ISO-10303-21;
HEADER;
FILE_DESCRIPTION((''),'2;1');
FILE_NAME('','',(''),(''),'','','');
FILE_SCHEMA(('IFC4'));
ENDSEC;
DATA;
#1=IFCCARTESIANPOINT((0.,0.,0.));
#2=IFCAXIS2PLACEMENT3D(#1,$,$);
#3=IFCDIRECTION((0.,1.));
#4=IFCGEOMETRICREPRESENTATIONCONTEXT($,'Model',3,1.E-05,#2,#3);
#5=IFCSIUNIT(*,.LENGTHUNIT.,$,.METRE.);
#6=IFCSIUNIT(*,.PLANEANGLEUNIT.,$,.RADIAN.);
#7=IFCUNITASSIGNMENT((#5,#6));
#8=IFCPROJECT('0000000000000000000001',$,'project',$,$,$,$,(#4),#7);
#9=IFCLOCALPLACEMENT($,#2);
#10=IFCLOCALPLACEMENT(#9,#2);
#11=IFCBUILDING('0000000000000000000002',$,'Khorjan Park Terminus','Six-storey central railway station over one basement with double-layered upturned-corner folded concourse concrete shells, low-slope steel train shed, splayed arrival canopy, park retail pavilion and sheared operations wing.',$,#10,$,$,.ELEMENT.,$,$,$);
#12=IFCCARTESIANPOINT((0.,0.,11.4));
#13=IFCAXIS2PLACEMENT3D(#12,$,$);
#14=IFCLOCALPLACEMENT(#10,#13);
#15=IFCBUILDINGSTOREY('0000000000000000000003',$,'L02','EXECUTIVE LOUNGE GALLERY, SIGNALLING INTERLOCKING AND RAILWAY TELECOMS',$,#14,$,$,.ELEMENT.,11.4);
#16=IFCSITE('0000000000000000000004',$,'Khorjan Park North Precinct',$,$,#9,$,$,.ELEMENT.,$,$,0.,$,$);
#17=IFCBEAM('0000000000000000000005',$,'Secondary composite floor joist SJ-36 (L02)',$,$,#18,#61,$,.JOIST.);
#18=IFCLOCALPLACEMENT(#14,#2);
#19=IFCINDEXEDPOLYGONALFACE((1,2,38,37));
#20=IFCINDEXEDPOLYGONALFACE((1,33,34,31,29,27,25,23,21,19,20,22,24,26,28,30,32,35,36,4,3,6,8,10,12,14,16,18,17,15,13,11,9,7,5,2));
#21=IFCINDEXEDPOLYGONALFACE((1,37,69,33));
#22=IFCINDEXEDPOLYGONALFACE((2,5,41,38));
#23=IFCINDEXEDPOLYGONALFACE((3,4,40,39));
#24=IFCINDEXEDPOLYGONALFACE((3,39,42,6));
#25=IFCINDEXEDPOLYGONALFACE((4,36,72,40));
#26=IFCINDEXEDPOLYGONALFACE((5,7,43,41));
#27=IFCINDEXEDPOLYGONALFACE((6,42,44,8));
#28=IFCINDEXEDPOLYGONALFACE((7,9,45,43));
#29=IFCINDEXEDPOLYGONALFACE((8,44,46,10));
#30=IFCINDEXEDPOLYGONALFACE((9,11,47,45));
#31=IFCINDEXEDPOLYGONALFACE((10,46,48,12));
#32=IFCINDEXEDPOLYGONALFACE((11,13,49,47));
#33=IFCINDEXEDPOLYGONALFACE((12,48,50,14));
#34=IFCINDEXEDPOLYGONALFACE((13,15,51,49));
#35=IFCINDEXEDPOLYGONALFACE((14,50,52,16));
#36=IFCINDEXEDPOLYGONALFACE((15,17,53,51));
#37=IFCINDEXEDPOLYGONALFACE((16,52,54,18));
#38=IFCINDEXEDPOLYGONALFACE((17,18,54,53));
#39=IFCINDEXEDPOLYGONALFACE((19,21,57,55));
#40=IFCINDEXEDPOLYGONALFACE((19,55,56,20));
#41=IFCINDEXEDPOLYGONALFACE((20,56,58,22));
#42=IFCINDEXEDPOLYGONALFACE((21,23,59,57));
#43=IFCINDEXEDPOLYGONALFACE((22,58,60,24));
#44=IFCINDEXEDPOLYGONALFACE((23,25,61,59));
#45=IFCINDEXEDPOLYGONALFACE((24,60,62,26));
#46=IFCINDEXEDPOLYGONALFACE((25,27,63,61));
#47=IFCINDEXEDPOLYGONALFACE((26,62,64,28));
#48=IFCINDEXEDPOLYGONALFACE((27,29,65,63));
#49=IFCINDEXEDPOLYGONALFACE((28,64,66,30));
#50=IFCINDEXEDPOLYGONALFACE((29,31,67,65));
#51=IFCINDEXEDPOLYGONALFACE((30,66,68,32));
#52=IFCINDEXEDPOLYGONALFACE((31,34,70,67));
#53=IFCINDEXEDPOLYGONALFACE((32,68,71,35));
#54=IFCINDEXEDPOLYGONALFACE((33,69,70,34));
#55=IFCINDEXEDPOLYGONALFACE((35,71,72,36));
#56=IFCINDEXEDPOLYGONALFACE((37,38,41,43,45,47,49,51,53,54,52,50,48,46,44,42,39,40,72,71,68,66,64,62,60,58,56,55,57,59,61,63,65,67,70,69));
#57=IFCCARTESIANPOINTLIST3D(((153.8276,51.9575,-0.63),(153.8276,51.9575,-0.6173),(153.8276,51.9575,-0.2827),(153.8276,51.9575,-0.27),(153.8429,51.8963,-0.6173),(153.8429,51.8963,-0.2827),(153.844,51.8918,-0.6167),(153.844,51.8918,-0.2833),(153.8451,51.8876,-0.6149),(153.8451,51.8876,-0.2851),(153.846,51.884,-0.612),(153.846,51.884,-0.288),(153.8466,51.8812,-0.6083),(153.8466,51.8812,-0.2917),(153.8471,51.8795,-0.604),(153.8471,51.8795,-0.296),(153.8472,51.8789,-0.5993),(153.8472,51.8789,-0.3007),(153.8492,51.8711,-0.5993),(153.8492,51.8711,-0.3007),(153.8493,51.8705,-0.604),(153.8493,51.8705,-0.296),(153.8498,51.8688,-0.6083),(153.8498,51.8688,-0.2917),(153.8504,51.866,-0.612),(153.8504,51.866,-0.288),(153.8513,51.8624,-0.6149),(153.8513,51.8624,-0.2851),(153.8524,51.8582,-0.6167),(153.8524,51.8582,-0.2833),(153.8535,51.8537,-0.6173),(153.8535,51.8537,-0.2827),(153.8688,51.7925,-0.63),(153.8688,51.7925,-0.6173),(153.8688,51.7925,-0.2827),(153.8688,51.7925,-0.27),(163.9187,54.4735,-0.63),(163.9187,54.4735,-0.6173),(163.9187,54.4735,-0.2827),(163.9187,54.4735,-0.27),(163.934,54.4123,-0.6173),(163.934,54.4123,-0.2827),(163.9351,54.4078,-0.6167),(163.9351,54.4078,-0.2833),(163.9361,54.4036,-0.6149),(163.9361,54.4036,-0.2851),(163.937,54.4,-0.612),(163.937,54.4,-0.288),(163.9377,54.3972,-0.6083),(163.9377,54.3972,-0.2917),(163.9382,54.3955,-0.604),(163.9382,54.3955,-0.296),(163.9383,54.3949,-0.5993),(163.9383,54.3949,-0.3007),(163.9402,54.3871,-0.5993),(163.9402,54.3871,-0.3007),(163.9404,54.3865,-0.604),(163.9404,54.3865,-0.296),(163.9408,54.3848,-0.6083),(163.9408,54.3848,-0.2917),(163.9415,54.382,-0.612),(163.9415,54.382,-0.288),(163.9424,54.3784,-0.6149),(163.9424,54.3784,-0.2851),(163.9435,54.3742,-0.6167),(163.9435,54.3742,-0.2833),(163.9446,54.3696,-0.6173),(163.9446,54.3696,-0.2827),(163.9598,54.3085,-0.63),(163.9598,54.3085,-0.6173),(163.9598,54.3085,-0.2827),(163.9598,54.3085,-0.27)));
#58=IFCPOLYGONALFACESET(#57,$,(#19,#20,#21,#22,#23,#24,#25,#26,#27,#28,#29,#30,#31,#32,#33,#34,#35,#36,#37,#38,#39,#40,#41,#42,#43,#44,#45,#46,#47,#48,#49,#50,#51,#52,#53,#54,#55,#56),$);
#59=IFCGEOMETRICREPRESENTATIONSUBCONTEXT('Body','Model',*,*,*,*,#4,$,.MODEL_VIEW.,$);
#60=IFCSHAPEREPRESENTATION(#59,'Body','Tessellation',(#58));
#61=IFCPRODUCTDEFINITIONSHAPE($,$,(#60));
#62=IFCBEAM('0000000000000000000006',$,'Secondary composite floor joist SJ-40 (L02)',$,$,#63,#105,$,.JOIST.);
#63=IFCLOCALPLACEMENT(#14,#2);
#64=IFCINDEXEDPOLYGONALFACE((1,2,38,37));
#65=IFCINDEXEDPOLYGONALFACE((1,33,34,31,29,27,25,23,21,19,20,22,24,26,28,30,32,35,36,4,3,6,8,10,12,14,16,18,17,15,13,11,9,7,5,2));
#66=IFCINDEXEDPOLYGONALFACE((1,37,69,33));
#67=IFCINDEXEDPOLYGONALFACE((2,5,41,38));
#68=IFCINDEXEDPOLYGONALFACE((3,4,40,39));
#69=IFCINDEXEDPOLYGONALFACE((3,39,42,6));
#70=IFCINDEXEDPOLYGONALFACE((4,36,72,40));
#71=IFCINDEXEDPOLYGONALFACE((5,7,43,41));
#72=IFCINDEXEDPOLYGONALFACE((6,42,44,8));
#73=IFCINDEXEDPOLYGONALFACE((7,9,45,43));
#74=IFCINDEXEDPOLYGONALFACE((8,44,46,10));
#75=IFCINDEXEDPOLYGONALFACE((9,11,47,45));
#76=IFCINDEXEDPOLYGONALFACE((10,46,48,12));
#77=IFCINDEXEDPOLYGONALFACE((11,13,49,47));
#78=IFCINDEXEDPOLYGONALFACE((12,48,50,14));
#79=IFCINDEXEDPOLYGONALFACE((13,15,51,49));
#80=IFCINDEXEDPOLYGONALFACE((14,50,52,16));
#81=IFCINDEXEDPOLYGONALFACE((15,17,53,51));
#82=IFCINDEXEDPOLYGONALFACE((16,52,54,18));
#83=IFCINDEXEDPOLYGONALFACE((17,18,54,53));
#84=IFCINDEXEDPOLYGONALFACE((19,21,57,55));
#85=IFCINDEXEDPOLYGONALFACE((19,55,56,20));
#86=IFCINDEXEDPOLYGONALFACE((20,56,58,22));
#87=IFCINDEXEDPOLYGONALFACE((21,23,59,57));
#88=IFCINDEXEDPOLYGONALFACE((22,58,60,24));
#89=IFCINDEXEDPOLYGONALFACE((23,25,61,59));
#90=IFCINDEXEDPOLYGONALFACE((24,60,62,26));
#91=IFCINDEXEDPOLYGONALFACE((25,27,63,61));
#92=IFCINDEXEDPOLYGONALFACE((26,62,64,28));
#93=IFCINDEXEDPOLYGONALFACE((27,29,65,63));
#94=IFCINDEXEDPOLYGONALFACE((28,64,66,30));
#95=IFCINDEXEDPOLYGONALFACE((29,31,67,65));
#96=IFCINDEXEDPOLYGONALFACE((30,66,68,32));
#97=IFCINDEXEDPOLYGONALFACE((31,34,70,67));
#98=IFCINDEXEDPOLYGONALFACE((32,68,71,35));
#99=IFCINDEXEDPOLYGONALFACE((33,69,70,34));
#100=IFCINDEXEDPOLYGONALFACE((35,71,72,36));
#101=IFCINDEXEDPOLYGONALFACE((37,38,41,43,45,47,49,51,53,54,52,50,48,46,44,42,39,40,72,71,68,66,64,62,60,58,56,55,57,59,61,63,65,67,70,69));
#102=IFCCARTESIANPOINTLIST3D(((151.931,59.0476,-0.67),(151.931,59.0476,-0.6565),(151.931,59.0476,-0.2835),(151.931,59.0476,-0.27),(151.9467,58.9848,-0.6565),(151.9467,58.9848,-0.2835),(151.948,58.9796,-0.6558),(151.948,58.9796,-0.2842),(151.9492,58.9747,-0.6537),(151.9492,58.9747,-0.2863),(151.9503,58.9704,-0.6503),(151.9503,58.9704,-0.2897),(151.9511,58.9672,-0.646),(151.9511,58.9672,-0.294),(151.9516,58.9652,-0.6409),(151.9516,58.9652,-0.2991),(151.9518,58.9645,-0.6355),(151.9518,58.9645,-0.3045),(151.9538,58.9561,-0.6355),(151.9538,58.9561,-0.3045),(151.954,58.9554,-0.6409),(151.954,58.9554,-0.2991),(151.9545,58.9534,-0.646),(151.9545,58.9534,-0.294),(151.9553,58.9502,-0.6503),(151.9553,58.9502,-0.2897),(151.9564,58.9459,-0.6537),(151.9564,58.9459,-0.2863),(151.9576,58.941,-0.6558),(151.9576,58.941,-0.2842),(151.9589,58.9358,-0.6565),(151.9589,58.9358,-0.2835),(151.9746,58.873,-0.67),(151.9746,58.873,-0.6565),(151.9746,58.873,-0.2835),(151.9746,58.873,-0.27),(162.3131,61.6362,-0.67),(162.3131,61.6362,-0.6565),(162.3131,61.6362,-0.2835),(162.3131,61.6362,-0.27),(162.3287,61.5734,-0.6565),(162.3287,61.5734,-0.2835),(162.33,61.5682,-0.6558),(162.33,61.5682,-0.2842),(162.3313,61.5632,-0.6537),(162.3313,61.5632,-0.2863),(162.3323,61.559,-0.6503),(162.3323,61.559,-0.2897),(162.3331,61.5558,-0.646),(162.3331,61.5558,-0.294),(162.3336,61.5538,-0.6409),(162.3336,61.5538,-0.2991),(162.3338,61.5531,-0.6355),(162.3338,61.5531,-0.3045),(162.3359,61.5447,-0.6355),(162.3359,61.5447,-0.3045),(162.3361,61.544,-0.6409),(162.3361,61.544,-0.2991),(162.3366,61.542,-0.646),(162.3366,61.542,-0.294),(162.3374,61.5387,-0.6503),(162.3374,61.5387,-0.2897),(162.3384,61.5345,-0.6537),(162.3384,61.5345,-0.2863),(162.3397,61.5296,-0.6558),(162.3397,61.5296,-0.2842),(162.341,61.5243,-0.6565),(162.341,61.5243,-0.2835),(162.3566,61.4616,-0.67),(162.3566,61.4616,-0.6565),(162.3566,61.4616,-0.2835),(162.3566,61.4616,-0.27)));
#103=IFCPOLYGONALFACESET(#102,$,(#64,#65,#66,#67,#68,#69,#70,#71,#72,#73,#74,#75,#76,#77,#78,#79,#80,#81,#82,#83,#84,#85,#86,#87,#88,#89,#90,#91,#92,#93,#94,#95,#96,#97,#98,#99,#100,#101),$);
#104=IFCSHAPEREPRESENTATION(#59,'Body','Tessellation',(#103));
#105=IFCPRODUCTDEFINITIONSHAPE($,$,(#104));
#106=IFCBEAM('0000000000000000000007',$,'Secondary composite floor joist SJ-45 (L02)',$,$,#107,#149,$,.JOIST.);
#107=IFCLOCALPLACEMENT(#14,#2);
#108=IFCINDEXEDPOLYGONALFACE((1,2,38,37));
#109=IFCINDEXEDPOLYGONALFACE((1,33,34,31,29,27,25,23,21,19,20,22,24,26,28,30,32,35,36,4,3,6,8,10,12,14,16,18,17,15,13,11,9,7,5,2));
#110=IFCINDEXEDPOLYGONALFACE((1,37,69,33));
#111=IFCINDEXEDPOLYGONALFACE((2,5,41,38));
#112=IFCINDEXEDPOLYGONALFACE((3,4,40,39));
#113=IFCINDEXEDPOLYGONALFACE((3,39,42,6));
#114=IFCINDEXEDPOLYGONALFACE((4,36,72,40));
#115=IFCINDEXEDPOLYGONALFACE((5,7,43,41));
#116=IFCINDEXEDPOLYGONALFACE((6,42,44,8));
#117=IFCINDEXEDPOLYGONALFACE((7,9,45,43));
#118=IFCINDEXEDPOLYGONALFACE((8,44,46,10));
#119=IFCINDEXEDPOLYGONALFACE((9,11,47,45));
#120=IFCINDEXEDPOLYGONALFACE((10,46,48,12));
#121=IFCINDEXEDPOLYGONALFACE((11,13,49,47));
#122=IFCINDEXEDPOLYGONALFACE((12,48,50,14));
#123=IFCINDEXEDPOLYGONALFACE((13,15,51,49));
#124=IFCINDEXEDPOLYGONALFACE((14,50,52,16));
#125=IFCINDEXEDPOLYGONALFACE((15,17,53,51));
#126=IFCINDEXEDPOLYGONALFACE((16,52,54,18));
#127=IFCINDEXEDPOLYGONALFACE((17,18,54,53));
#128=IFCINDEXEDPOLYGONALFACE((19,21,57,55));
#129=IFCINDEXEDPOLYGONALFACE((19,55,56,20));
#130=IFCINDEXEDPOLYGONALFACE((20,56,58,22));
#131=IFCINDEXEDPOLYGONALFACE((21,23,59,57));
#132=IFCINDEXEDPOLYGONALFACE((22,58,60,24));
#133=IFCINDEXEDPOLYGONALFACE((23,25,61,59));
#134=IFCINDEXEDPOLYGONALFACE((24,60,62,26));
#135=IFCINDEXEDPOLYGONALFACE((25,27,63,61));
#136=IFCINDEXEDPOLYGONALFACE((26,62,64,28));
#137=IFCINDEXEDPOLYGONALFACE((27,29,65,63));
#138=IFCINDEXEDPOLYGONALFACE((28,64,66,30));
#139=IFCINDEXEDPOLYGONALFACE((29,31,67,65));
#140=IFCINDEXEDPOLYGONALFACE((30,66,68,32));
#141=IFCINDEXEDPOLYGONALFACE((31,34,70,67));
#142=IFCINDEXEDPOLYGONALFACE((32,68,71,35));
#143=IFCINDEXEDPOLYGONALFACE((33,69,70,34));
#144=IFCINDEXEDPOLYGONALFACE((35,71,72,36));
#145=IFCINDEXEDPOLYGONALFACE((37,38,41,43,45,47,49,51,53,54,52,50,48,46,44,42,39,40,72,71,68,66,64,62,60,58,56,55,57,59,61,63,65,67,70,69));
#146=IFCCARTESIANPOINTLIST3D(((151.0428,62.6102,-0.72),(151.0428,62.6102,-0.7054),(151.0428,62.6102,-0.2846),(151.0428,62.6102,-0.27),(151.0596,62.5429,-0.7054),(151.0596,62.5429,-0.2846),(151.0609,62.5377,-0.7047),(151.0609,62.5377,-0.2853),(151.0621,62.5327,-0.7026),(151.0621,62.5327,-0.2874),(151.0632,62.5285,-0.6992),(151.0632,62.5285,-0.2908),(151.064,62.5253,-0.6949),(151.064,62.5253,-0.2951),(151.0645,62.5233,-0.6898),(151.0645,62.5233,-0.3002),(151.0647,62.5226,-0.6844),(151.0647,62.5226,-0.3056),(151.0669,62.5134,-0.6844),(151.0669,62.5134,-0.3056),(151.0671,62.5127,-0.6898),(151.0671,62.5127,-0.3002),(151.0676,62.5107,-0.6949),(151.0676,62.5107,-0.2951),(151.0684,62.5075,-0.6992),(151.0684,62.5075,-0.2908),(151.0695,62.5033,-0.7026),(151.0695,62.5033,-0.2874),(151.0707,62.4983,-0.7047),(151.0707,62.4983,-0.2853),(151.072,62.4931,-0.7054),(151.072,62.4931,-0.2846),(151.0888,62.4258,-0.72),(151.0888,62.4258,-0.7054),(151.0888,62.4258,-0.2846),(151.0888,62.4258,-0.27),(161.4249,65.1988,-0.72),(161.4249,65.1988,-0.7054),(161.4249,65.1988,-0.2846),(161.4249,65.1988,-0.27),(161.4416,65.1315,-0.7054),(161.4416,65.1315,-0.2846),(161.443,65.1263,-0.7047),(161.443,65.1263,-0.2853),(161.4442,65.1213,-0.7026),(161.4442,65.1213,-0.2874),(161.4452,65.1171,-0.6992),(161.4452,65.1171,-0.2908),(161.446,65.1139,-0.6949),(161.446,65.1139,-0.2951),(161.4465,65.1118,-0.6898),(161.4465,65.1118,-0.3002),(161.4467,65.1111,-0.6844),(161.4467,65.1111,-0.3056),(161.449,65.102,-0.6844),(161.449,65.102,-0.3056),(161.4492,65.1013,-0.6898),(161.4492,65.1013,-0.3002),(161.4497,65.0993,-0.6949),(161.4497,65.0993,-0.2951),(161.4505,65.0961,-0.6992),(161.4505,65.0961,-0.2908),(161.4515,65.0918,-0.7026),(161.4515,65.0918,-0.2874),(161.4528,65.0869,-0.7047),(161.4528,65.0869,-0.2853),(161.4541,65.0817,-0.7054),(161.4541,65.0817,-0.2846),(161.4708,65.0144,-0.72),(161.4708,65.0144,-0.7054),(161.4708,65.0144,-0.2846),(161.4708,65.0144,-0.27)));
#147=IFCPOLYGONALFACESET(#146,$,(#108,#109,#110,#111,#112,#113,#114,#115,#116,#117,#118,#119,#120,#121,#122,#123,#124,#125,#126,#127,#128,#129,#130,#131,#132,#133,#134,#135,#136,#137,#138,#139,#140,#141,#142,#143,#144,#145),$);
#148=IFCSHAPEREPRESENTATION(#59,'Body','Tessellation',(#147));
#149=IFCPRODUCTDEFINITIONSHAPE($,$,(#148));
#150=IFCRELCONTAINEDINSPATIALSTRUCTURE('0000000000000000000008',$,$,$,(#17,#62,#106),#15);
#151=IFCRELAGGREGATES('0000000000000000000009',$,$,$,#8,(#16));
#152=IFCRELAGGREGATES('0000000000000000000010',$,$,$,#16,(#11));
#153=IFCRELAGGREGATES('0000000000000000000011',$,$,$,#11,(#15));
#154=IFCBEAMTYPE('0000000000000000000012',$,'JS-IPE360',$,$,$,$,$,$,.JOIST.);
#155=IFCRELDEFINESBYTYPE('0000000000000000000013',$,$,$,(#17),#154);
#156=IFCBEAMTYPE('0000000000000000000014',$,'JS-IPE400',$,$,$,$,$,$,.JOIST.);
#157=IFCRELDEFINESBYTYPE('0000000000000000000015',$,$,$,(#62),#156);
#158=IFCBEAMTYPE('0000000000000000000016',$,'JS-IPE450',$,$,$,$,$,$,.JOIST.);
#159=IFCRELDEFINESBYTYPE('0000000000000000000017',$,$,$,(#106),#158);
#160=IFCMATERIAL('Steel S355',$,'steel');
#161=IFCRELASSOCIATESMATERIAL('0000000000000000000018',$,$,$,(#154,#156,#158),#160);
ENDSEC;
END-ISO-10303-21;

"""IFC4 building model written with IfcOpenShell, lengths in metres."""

from ifc_helpers import new_model, si_unit, direction, frame, origin, origin_2d, place, context, subcontext, project, spatial, i_section, extrude, material, material_profile, profile_set, type_object, element, save


model = new_model("IFC4")

# Units and contexts
model_context = context("Model", 3, precision=1e-05, world=origin(), true_north=direction((0.0, 1.0)))
body_context = subcontext(model_context, "Body", "Model", "MODEL_VIEW")
ifc_project = project(units=[si_unit("LENGTHUNIT", "METRE"), si_unit("PLANEANGLEUNIT", "RADIAN")], contexts=[model_context])

# Site, building, storey
site_placement = place(None, origin())
site = spatial("IfcSite", under=ifc_project, at=site_placement, Name="Khorjan Park North Precinct", CompositionType="ELEMENT", RefElevation=0.0)
building_placement = place(site_placement, origin())
building = spatial("IfcBuilding", under=site, at=building_placement, Name="Khorjan Park Terminus", Description="Six-storey central railway station over one basement with double-layered upturned-corner folded concourse concrete shells, low-slope steel train shed, splayed arrival canopy, park retail pavilion and sheared operations wing.", CompositionType="ELEMENT")
storey_placement = place(building_placement, frame((0.0, 0.0, 11.4)))
storey = spatial("IfcBuildingStorey", under=building, at=storey_placement, Name="L02", Description="EXECUTIVE LOUNGE GALLERY, SIGNALLING INTERLOCKING AND RAILWAY TELECOMS", CompositionType="ELEMENT", Elevation=11.4)

# Beams
ifc_material_1 = material(Name="Steel S355", Category="steel")
ifc_material_profile_1 = material_profile(ifc_material_1, i_section(OverallWidth=0.17, OverallDepth=0.36, WebThickness=0.008, FlangeThickness=0.0127, FilletRadius=0.018, at=origin_2d()), Name="IPE 360")
ifc_profile_set_1 = profile_set([ifc_material_profile_1], Name="Steel S355")
beam_type_1 = type_object("IfcBeamType", Name="JS-IPE360", PredefinedType="JOIST", material=ifc_profile_set_1)
beam_1_placement = place(storey_placement, frame((153.8482, 51.875, -0.45), z_axis=(0.970296, 0.241922, 0.0), x_axis=(-0.241922, 0.970296, 0.0)))
element("IfcBeam", 1, at=beam_1_placement, inside=storey, type_object=beam_type_1, Name="Secondary composite floor joist SJ-36 (L02)", PredefinedType="JOIST", context=body_context, shape_type="SweptSolid", body=[
    extrude(i_section(OverallWidth=0.17, OverallDepth=0.36, WebThickness=0.008, FlangeThickness=0.0127, FilletRadius=0.018, at=origin_2d()), origin(), (0.0, 0.0, 1.0), 10.4),
])
ifc_material_profile_2 = material_profile(ifc_material_1, i_section(OverallWidth=0.18, OverallDepth=0.4, WebThickness=0.0086, FlangeThickness=0.0135, FilletRadius=0.021, at=origin_2d()), Name="IPE 400")
ifc_profile_set_2 = profile_set([ifc_material_profile_2], Name="Steel S355")
beam_type_2 = type_object("IfcBeamType", Name="JS-IPE400", PredefinedType="JOIST", material=ifc_profile_set_2)
beam_2_placement = place(storey_placement, frame((151.9528, 58.9603, -0.47), z_axis=(0.970295, 0.241926, 0.0), x_axis=(-0.241926, 0.970295, 0.0)))
element("IfcBeam", 2, at=beam_2_placement, inside=storey, type_object=beam_type_2, Name="Secondary composite floor joist SJ-40 (L02)", PredefinedType="JOIST", context=body_context, shape_type="SweptSolid", body=[
    extrude(i_section(OverallWidth=0.18, OverallDepth=0.4, WebThickness=0.0086, FlangeThickness=0.0135, FilletRadius=0.021, at=origin_2d()), origin(), (0.0, 0.0, 1.0), 10.6999),
])
ifc_material_profile_3 = material_profile(ifc_material_1, i_section(OverallWidth=0.19, OverallDepth=0.45, WebThickness=0.0094, FlangeThickness=0.0146, FilletRadius=0.021, at=origin_2d()), Name="IPE 450")
ifc_profile_set_3 = profile_set([ifc_material_profile_3], Name="Steel S355")
beam_type_3 = type_object("IfcBeamType", Name="JS-IPE450", PredefinedType="JOIST", material=ifc_profile_set_3)
beam_3_placement = place(storey_placement, frame((151.0658, 62.518, -0.495), z_axis=(0.970295, 0.241926, 0.0), x_axis=(-0.241926, 0.970295, 0.0)))
element("IfcBeam", 3, at=beam_3_placement, inside=storey, type_object=beam_type_3, Name="Secondary composite floor joist SJ-45 (L02)", PredefinedType="JOIST", context=body_context, shape_type="SweptSolid", body=[
    extrude(i_section(OverallWidth=0.19, OverallDepth=0.45, WebThickness=0.0094, FlangeThickness=0.0146, FilletRadius=0.021, at=origin_2d()), origin(), (0.0, 0.0, 1.0), 10.6999),
])

save(model, "model.ifc")
